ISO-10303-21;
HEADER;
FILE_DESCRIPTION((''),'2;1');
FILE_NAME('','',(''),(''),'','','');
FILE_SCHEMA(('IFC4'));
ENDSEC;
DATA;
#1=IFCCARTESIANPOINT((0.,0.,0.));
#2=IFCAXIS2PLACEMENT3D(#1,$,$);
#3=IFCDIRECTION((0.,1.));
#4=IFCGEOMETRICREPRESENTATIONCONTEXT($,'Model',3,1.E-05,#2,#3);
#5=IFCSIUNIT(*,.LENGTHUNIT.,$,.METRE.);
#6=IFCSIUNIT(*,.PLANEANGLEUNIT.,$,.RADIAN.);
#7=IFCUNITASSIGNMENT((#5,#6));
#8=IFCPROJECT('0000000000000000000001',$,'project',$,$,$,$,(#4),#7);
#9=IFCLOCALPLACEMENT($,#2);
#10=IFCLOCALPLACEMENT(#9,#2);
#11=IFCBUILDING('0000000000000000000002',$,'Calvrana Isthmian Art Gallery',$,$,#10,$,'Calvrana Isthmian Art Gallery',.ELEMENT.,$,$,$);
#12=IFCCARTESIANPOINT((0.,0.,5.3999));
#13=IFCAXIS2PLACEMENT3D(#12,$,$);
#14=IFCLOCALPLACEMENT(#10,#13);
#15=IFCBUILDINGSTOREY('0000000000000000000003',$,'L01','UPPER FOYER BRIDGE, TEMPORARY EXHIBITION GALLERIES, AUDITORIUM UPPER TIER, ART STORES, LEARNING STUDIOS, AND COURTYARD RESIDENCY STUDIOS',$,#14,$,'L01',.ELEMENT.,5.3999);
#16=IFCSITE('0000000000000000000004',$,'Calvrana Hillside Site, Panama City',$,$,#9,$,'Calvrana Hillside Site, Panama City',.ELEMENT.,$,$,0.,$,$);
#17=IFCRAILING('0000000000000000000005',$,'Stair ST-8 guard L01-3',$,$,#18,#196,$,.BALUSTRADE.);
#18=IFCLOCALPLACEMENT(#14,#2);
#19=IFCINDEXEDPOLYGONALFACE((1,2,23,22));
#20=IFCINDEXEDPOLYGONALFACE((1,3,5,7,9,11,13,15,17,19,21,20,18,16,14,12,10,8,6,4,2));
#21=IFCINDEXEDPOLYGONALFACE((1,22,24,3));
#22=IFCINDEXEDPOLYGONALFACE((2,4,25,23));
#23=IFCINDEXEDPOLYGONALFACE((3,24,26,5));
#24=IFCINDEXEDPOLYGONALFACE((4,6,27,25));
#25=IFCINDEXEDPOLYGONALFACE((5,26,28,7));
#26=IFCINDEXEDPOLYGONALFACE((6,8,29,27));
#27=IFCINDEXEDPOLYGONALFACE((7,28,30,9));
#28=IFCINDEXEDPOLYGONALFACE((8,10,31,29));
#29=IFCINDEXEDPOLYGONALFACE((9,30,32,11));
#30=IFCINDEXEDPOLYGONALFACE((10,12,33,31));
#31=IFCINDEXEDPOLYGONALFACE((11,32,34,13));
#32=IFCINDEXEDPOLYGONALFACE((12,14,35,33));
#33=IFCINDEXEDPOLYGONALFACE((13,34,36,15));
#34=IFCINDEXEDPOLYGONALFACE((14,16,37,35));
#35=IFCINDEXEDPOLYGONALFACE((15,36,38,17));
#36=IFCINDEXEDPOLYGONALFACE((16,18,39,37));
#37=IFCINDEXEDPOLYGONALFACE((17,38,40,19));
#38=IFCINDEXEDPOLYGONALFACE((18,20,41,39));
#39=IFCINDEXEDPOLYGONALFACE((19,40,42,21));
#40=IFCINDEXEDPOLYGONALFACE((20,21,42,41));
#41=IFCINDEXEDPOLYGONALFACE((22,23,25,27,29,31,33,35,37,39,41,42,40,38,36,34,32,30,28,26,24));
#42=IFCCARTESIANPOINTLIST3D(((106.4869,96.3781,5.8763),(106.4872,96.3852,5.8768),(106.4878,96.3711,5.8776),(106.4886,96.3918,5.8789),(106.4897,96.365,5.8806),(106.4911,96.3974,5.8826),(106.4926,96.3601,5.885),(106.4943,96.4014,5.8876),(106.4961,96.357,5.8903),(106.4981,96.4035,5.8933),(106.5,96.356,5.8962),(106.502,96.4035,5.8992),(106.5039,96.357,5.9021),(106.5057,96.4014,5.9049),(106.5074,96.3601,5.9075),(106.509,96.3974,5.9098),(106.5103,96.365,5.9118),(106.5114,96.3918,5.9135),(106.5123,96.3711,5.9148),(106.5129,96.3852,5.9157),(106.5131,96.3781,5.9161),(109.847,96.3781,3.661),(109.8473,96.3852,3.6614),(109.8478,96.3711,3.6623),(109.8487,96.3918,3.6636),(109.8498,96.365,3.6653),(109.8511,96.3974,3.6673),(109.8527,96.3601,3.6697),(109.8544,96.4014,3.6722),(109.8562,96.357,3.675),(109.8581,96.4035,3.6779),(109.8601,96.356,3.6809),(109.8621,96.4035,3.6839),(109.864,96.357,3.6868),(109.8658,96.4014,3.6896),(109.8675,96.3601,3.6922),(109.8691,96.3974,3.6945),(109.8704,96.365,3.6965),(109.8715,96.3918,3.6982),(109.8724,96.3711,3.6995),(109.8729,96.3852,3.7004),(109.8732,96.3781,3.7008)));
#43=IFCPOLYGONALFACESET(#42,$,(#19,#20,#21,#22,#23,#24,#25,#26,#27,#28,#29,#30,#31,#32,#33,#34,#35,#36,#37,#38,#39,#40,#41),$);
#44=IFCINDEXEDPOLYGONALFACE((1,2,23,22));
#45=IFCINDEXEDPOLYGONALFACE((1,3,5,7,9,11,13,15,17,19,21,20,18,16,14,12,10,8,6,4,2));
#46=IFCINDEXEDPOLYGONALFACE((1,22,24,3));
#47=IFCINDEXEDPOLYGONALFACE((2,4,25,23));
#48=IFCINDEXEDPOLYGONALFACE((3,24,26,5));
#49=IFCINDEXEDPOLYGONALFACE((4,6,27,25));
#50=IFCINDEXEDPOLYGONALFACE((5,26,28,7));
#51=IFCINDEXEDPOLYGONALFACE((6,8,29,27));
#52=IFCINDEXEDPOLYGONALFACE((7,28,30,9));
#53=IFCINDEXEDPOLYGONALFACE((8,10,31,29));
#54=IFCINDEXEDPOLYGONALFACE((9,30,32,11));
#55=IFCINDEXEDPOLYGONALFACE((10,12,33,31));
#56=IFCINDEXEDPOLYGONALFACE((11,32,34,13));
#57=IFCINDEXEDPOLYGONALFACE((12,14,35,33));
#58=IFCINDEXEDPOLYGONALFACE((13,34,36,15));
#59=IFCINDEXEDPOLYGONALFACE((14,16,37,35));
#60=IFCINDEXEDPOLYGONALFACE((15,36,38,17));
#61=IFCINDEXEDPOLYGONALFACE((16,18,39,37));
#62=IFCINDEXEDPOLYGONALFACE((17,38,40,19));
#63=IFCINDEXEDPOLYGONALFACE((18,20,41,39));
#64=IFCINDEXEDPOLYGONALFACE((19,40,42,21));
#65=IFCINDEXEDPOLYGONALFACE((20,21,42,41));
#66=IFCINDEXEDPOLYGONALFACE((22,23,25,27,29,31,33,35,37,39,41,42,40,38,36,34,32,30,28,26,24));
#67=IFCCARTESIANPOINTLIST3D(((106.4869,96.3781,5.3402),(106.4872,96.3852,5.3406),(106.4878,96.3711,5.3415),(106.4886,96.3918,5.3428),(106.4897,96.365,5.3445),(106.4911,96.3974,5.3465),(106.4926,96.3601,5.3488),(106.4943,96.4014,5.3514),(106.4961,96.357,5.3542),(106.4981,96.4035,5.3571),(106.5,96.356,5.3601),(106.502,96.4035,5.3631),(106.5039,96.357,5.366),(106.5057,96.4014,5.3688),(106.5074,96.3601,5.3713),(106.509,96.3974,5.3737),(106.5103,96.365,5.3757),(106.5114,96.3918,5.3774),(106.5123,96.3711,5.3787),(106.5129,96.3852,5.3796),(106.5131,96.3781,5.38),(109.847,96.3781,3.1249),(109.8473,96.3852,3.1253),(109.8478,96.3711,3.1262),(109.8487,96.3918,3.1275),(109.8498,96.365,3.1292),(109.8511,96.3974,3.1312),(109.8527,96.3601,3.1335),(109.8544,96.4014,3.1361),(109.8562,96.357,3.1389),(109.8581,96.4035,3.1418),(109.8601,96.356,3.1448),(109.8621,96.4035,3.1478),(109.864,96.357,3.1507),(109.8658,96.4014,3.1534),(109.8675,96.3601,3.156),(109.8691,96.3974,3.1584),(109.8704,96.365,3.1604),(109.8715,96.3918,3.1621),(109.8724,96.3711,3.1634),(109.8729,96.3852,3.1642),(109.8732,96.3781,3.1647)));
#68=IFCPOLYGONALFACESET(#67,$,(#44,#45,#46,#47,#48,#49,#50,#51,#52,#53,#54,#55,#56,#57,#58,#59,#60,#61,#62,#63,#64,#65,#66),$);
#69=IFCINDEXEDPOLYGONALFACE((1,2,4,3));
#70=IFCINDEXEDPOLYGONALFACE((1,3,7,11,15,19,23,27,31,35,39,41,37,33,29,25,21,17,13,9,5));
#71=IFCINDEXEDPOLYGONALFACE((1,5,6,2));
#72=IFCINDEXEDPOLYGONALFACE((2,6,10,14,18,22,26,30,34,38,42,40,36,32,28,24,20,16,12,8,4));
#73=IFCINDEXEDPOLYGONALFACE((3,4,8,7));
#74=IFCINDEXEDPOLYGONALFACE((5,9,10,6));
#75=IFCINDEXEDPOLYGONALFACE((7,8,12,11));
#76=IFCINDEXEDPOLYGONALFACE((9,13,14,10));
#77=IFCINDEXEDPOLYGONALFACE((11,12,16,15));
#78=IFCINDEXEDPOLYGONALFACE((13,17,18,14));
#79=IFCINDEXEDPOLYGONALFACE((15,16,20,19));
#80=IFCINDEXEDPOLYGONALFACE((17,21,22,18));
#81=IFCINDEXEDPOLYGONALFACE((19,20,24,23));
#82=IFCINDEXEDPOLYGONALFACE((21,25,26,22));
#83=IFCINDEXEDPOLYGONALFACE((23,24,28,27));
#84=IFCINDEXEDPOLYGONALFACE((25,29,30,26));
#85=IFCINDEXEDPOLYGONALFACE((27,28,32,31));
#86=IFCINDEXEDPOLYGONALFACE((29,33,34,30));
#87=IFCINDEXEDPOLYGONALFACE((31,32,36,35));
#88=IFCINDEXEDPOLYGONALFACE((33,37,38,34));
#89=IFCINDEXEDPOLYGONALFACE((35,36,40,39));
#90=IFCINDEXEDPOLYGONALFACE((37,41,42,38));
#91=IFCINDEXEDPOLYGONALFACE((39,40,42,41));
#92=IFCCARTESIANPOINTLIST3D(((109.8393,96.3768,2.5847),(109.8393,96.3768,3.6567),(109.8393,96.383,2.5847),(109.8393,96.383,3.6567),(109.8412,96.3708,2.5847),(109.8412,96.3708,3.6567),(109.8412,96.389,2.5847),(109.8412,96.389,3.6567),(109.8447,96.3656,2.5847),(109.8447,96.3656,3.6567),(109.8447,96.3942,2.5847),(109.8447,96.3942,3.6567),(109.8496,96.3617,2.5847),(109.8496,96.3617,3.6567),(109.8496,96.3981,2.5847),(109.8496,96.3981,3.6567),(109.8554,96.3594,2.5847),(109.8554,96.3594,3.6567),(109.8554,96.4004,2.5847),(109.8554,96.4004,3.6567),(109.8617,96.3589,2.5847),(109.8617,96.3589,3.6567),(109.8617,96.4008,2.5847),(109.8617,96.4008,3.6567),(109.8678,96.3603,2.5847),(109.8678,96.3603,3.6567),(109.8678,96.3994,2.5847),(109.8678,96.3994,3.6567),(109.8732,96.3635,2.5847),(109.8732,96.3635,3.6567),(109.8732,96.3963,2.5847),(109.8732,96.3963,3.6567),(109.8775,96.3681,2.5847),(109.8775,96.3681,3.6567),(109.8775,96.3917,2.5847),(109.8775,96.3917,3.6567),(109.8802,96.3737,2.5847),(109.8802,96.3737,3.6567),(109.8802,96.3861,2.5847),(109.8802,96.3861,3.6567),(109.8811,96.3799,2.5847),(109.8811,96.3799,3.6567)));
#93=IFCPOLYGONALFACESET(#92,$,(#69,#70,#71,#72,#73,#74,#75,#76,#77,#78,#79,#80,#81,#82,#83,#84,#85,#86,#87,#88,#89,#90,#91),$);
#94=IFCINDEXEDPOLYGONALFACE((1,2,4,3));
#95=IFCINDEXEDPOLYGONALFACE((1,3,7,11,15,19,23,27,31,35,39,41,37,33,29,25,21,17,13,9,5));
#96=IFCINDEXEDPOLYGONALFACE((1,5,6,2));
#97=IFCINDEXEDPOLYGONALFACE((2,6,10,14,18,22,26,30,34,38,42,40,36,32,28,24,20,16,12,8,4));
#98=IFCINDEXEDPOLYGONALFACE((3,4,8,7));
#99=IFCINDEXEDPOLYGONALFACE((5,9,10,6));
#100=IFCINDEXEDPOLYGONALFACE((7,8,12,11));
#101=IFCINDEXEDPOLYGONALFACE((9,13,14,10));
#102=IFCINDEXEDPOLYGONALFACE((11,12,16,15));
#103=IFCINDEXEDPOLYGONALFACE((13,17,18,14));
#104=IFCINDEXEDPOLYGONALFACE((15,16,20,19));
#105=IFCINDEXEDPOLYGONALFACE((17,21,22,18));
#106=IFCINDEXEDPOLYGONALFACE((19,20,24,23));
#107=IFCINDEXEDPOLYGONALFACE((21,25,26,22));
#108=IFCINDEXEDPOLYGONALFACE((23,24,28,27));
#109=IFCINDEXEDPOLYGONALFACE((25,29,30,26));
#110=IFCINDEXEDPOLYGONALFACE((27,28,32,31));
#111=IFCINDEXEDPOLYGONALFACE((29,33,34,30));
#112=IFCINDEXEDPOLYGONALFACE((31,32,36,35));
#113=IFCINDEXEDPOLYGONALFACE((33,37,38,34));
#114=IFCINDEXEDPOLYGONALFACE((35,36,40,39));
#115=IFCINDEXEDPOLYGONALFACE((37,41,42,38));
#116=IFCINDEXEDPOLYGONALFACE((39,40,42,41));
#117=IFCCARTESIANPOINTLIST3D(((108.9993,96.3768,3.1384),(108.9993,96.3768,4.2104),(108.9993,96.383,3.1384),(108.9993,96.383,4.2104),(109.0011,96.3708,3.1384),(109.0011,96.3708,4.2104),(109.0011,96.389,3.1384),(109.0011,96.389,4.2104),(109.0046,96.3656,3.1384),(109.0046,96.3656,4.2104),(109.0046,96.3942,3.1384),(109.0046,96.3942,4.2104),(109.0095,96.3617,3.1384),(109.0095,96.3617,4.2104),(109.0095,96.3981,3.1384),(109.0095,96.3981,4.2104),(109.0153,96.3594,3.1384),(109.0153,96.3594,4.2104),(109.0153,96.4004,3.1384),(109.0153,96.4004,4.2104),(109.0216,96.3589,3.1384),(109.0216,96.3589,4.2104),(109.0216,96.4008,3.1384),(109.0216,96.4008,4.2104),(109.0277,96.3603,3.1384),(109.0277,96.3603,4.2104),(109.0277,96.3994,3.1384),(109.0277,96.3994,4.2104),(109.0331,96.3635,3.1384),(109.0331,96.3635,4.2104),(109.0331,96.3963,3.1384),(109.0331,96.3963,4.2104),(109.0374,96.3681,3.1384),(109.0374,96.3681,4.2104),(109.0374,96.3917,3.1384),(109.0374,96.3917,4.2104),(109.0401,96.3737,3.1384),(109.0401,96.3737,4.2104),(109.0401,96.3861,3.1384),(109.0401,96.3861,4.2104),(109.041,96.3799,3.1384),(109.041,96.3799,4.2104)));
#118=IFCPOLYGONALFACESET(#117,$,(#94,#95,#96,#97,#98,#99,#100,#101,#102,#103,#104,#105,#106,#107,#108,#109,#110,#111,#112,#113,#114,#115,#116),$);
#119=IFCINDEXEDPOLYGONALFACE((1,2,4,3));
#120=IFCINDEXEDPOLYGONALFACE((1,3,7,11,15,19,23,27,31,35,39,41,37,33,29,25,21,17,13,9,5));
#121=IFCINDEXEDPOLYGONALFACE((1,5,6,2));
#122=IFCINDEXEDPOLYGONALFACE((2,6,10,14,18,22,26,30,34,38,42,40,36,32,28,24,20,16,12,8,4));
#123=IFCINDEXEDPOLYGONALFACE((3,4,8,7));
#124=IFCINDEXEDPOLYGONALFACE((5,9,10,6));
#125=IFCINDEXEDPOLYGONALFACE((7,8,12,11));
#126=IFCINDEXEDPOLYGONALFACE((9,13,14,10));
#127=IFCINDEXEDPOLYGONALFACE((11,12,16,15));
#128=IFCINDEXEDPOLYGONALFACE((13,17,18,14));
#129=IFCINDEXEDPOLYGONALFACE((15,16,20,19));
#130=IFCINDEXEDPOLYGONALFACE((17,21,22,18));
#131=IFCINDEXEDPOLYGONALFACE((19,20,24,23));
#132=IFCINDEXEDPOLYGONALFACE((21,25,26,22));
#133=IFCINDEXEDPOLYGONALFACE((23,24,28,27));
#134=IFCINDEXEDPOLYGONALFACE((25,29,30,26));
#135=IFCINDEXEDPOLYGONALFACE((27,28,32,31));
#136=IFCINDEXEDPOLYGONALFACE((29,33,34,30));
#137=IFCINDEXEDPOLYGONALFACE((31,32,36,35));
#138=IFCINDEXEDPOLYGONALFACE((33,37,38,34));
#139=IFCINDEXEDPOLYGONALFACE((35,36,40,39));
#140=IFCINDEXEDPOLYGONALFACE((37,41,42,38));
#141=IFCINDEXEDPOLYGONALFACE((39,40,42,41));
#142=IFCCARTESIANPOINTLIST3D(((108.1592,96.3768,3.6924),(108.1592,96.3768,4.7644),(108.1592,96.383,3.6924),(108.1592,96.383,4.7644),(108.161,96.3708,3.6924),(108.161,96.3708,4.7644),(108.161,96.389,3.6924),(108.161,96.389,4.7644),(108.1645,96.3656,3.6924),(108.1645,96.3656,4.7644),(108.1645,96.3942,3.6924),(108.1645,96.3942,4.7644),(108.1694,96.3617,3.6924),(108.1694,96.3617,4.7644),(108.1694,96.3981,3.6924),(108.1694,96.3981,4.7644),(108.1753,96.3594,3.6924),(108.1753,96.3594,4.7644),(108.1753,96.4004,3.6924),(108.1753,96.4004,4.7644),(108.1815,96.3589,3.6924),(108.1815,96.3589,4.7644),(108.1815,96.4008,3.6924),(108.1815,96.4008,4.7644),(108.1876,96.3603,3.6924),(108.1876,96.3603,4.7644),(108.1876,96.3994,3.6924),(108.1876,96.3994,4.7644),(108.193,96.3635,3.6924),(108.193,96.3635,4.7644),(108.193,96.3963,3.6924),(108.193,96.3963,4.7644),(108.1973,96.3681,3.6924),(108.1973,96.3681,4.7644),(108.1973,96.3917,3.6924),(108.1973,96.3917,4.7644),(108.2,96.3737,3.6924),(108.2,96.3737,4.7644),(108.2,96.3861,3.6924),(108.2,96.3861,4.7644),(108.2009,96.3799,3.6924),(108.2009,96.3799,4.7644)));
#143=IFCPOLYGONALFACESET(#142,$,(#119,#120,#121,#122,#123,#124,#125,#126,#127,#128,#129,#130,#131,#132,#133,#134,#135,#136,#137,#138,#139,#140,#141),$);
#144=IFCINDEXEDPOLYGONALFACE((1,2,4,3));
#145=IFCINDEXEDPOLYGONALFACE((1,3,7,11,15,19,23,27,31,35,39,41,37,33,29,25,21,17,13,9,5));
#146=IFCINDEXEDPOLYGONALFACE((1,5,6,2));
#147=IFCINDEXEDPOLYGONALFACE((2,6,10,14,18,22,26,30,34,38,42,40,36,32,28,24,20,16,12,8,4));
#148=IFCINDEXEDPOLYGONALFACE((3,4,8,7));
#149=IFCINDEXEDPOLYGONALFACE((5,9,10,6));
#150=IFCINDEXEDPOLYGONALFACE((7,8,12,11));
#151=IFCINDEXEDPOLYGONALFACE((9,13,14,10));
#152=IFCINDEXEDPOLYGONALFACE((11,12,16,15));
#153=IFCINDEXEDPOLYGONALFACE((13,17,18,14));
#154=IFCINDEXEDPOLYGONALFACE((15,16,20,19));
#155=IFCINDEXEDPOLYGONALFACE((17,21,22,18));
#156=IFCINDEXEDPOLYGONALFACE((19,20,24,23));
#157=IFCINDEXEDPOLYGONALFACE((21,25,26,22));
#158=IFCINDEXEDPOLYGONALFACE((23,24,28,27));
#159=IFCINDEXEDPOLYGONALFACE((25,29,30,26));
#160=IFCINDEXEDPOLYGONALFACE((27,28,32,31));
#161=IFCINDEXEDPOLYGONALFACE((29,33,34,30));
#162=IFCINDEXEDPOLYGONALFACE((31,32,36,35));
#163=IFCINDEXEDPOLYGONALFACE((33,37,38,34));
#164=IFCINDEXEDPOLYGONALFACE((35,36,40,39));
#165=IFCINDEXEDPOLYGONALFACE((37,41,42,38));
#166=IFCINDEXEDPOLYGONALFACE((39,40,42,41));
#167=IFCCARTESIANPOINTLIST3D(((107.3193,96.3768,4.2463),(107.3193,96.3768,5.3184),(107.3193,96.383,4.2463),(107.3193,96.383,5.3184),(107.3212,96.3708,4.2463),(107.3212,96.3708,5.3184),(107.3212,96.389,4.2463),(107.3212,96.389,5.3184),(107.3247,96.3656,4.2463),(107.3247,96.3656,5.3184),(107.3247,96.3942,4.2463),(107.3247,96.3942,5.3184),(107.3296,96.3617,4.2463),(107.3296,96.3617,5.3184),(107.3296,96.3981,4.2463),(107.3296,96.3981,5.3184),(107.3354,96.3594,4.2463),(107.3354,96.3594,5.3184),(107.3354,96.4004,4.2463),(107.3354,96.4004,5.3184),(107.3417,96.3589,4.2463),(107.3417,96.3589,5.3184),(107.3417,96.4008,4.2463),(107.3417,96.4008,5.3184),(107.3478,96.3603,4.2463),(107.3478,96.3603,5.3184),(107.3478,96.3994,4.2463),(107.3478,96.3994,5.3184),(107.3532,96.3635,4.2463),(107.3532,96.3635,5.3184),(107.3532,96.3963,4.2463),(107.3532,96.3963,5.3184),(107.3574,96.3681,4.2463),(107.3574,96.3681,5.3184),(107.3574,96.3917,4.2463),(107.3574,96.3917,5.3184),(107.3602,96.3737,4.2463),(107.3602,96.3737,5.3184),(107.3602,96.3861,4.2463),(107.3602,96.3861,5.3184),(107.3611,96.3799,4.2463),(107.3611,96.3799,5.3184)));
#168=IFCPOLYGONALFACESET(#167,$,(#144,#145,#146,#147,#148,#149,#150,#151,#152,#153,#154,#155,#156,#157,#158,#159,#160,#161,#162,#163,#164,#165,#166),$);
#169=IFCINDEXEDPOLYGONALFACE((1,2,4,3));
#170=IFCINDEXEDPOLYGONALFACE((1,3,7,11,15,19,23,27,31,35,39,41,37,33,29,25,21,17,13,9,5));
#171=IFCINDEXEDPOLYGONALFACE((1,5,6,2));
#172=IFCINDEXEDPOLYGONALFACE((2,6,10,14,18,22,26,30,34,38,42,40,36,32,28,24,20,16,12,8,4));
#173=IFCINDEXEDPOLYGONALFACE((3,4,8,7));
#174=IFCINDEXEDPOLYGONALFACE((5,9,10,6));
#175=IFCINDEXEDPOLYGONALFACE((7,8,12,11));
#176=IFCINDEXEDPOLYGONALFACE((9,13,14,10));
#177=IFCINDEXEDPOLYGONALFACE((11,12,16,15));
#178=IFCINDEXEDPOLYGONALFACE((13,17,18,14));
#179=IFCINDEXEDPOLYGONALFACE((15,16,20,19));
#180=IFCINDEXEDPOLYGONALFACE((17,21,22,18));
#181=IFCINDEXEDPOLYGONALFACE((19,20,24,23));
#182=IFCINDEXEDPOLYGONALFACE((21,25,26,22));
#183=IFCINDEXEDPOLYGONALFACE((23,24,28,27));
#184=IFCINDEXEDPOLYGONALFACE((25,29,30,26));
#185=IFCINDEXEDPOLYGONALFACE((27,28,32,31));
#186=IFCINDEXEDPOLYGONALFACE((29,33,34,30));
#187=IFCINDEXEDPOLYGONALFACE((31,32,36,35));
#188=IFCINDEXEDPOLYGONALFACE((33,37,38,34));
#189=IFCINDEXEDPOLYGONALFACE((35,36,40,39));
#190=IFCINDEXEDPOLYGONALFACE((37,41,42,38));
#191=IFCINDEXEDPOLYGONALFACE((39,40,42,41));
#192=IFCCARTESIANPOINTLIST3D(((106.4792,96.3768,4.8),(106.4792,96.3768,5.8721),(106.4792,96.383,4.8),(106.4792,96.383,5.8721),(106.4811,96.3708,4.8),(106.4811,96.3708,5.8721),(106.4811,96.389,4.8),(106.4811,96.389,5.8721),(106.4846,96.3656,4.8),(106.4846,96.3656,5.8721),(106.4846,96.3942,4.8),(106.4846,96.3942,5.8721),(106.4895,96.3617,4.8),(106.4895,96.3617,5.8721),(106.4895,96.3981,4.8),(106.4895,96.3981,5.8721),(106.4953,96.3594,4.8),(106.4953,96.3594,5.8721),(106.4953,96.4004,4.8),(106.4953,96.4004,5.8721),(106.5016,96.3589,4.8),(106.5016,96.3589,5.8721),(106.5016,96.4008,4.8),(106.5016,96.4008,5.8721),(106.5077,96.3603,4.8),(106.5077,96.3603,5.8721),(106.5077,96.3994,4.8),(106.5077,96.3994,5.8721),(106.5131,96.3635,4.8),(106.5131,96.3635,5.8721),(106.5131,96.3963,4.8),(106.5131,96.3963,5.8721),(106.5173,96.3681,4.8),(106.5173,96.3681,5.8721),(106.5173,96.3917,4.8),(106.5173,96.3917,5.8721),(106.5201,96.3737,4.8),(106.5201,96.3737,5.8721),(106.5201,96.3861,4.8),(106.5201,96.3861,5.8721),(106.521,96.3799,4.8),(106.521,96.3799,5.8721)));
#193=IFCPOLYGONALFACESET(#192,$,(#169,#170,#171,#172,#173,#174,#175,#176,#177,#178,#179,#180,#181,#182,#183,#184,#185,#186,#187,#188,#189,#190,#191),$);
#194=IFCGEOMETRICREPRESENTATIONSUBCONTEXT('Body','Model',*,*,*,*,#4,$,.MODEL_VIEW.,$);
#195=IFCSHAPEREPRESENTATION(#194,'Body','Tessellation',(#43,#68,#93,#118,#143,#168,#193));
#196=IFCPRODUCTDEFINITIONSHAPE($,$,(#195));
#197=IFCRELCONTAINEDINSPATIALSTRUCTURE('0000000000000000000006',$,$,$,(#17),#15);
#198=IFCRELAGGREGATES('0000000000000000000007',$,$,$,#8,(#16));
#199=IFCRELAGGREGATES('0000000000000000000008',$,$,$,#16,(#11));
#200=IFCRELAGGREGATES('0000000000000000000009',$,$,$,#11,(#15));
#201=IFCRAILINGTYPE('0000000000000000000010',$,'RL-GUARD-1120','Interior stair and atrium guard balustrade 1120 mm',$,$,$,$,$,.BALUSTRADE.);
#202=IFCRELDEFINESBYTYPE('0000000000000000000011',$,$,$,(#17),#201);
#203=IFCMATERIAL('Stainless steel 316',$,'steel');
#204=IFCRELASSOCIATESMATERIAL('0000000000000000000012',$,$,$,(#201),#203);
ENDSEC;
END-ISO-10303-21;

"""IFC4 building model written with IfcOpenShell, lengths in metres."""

from ifc_helpers import new_model, si_unit, direction, frame, origin, origin_2d, place, context, subcontext, project, spatial, circle, extrude, material, type_object, element, save


model = new_model("IFC4")

# Units and contexts
model_context = context("Model", 3, precision=1e-05, world=origin(), true_north=direction((0.0, 1.0)))
body_context = subcontext(model_context, "Body", "Model", "MODEL_VIEW")
ifc_project = project(units=[si_unit("LENGTHUNIT", "METRE"), si_unit("PLANEANGLEUNIT", "RADIAN")], contexts=[model_context])

# Site, building, storey
site_placement = place(None, origin())
site = spatial("IfcSite", under=ifc_project, at=site_placement, Name="Calvrana Hillside Site, Panama City", LongName="Calvrana Hillside Site, Panama City", CompositionType="ELEMENT", RefElevation=0.0)
building_placement = place(site_placement, origin())
building = spatial("IfcBuilding", under=site, at=building_placement, Name="Calvrana Isthmian Art Gallery", LongName="Calvrana Isthmian Art Gallery", CompositionType="ELEMENT")
storey_placement = place(building_placement, frame((0.0, 0.0, 5.3999)))
storey = spatial("IfcBuildingStorey", under=building, at=storey_placement, Name="L01", Description="UPPER FOYER BRIDGE, TEMPORARY EXHIBITION GALLERIES, AUDITORIUM UPPER TIER, ART STORES, LEARNING STUDIOS, AND COURTYARD RESIDENCY STUDIOS", LongName="L01", CompositionType="ELEMENT", Elevation=5.3999)

# Railing
ifc_material_1 = material(Name="Stainless steel 316", Category="steel")
railing_type_1 = type_object("IfcRailingType", Name="RL-GUARD-1120", Description="Interior stair and atrium guard balustrade 1120 mm", PredefinedType="BALUSTRADE", material=ifc_material_1)
railing_1_placement = place(storey_placement, frame((109.8601, 96.3799, 2.5847)))
element("IfcRailing", 1, at=railing_1_placement, inside=storey, type_object=railing_type_1, Name="Stair ST-8 guard L01-3", PredefinedType="BALUSTRADE", context=body_context, shape_type="SweptSolid", body=[
    extrude(circle(Radius=0.0239, at=origin_2d()), frame((0.0, 0.0, 1.0962), z_axis=(-0.834876, 0.0, 0.550437), x_axis=(0.0, -1.0, 0.0)), (0.0, 0.0, 1.0), 4.0247),
    extrude(circle(Radius=0.0239, at=origin_2d()), frame((0.0, 0.0, 0.5601), z_axis=(-0.834876, 0.0, 0.550437), x_axis=(0.0, -1.0, 0.0)), (0.0, 0.0, 1.0), 4.0247),
    extrude(circle(Radius=0.021, at=origin_2d()), origin(), (0.0, 0.0, 1.0), 1.072),
    extrude(circle(Radius=0.021, at=origin_2d()), frame((-0.8401, 0.0, 0.5537)), (0.0, 0.0, 1.0), 1.072),
    extrude(circle(Radius=0.021, at=origin_2d()), frame((-1.6802, 0.0, 1.1077)), (0.0, 0.0, 1.0), 1.072),
    extrude(circle(Radius=0.021, at=origin_2d()), frame((-2.52, 0.0, 1.6616)), (0.0, 0.0, 1.0), 1.072),
    extrude(circle(Radius=0.021, at=origin_2d()), frame((-3.3601, 0.0, 2.2153)), (0.0, 0.0, 1.0), 1.072),
])

save(model, "model.ifc")
